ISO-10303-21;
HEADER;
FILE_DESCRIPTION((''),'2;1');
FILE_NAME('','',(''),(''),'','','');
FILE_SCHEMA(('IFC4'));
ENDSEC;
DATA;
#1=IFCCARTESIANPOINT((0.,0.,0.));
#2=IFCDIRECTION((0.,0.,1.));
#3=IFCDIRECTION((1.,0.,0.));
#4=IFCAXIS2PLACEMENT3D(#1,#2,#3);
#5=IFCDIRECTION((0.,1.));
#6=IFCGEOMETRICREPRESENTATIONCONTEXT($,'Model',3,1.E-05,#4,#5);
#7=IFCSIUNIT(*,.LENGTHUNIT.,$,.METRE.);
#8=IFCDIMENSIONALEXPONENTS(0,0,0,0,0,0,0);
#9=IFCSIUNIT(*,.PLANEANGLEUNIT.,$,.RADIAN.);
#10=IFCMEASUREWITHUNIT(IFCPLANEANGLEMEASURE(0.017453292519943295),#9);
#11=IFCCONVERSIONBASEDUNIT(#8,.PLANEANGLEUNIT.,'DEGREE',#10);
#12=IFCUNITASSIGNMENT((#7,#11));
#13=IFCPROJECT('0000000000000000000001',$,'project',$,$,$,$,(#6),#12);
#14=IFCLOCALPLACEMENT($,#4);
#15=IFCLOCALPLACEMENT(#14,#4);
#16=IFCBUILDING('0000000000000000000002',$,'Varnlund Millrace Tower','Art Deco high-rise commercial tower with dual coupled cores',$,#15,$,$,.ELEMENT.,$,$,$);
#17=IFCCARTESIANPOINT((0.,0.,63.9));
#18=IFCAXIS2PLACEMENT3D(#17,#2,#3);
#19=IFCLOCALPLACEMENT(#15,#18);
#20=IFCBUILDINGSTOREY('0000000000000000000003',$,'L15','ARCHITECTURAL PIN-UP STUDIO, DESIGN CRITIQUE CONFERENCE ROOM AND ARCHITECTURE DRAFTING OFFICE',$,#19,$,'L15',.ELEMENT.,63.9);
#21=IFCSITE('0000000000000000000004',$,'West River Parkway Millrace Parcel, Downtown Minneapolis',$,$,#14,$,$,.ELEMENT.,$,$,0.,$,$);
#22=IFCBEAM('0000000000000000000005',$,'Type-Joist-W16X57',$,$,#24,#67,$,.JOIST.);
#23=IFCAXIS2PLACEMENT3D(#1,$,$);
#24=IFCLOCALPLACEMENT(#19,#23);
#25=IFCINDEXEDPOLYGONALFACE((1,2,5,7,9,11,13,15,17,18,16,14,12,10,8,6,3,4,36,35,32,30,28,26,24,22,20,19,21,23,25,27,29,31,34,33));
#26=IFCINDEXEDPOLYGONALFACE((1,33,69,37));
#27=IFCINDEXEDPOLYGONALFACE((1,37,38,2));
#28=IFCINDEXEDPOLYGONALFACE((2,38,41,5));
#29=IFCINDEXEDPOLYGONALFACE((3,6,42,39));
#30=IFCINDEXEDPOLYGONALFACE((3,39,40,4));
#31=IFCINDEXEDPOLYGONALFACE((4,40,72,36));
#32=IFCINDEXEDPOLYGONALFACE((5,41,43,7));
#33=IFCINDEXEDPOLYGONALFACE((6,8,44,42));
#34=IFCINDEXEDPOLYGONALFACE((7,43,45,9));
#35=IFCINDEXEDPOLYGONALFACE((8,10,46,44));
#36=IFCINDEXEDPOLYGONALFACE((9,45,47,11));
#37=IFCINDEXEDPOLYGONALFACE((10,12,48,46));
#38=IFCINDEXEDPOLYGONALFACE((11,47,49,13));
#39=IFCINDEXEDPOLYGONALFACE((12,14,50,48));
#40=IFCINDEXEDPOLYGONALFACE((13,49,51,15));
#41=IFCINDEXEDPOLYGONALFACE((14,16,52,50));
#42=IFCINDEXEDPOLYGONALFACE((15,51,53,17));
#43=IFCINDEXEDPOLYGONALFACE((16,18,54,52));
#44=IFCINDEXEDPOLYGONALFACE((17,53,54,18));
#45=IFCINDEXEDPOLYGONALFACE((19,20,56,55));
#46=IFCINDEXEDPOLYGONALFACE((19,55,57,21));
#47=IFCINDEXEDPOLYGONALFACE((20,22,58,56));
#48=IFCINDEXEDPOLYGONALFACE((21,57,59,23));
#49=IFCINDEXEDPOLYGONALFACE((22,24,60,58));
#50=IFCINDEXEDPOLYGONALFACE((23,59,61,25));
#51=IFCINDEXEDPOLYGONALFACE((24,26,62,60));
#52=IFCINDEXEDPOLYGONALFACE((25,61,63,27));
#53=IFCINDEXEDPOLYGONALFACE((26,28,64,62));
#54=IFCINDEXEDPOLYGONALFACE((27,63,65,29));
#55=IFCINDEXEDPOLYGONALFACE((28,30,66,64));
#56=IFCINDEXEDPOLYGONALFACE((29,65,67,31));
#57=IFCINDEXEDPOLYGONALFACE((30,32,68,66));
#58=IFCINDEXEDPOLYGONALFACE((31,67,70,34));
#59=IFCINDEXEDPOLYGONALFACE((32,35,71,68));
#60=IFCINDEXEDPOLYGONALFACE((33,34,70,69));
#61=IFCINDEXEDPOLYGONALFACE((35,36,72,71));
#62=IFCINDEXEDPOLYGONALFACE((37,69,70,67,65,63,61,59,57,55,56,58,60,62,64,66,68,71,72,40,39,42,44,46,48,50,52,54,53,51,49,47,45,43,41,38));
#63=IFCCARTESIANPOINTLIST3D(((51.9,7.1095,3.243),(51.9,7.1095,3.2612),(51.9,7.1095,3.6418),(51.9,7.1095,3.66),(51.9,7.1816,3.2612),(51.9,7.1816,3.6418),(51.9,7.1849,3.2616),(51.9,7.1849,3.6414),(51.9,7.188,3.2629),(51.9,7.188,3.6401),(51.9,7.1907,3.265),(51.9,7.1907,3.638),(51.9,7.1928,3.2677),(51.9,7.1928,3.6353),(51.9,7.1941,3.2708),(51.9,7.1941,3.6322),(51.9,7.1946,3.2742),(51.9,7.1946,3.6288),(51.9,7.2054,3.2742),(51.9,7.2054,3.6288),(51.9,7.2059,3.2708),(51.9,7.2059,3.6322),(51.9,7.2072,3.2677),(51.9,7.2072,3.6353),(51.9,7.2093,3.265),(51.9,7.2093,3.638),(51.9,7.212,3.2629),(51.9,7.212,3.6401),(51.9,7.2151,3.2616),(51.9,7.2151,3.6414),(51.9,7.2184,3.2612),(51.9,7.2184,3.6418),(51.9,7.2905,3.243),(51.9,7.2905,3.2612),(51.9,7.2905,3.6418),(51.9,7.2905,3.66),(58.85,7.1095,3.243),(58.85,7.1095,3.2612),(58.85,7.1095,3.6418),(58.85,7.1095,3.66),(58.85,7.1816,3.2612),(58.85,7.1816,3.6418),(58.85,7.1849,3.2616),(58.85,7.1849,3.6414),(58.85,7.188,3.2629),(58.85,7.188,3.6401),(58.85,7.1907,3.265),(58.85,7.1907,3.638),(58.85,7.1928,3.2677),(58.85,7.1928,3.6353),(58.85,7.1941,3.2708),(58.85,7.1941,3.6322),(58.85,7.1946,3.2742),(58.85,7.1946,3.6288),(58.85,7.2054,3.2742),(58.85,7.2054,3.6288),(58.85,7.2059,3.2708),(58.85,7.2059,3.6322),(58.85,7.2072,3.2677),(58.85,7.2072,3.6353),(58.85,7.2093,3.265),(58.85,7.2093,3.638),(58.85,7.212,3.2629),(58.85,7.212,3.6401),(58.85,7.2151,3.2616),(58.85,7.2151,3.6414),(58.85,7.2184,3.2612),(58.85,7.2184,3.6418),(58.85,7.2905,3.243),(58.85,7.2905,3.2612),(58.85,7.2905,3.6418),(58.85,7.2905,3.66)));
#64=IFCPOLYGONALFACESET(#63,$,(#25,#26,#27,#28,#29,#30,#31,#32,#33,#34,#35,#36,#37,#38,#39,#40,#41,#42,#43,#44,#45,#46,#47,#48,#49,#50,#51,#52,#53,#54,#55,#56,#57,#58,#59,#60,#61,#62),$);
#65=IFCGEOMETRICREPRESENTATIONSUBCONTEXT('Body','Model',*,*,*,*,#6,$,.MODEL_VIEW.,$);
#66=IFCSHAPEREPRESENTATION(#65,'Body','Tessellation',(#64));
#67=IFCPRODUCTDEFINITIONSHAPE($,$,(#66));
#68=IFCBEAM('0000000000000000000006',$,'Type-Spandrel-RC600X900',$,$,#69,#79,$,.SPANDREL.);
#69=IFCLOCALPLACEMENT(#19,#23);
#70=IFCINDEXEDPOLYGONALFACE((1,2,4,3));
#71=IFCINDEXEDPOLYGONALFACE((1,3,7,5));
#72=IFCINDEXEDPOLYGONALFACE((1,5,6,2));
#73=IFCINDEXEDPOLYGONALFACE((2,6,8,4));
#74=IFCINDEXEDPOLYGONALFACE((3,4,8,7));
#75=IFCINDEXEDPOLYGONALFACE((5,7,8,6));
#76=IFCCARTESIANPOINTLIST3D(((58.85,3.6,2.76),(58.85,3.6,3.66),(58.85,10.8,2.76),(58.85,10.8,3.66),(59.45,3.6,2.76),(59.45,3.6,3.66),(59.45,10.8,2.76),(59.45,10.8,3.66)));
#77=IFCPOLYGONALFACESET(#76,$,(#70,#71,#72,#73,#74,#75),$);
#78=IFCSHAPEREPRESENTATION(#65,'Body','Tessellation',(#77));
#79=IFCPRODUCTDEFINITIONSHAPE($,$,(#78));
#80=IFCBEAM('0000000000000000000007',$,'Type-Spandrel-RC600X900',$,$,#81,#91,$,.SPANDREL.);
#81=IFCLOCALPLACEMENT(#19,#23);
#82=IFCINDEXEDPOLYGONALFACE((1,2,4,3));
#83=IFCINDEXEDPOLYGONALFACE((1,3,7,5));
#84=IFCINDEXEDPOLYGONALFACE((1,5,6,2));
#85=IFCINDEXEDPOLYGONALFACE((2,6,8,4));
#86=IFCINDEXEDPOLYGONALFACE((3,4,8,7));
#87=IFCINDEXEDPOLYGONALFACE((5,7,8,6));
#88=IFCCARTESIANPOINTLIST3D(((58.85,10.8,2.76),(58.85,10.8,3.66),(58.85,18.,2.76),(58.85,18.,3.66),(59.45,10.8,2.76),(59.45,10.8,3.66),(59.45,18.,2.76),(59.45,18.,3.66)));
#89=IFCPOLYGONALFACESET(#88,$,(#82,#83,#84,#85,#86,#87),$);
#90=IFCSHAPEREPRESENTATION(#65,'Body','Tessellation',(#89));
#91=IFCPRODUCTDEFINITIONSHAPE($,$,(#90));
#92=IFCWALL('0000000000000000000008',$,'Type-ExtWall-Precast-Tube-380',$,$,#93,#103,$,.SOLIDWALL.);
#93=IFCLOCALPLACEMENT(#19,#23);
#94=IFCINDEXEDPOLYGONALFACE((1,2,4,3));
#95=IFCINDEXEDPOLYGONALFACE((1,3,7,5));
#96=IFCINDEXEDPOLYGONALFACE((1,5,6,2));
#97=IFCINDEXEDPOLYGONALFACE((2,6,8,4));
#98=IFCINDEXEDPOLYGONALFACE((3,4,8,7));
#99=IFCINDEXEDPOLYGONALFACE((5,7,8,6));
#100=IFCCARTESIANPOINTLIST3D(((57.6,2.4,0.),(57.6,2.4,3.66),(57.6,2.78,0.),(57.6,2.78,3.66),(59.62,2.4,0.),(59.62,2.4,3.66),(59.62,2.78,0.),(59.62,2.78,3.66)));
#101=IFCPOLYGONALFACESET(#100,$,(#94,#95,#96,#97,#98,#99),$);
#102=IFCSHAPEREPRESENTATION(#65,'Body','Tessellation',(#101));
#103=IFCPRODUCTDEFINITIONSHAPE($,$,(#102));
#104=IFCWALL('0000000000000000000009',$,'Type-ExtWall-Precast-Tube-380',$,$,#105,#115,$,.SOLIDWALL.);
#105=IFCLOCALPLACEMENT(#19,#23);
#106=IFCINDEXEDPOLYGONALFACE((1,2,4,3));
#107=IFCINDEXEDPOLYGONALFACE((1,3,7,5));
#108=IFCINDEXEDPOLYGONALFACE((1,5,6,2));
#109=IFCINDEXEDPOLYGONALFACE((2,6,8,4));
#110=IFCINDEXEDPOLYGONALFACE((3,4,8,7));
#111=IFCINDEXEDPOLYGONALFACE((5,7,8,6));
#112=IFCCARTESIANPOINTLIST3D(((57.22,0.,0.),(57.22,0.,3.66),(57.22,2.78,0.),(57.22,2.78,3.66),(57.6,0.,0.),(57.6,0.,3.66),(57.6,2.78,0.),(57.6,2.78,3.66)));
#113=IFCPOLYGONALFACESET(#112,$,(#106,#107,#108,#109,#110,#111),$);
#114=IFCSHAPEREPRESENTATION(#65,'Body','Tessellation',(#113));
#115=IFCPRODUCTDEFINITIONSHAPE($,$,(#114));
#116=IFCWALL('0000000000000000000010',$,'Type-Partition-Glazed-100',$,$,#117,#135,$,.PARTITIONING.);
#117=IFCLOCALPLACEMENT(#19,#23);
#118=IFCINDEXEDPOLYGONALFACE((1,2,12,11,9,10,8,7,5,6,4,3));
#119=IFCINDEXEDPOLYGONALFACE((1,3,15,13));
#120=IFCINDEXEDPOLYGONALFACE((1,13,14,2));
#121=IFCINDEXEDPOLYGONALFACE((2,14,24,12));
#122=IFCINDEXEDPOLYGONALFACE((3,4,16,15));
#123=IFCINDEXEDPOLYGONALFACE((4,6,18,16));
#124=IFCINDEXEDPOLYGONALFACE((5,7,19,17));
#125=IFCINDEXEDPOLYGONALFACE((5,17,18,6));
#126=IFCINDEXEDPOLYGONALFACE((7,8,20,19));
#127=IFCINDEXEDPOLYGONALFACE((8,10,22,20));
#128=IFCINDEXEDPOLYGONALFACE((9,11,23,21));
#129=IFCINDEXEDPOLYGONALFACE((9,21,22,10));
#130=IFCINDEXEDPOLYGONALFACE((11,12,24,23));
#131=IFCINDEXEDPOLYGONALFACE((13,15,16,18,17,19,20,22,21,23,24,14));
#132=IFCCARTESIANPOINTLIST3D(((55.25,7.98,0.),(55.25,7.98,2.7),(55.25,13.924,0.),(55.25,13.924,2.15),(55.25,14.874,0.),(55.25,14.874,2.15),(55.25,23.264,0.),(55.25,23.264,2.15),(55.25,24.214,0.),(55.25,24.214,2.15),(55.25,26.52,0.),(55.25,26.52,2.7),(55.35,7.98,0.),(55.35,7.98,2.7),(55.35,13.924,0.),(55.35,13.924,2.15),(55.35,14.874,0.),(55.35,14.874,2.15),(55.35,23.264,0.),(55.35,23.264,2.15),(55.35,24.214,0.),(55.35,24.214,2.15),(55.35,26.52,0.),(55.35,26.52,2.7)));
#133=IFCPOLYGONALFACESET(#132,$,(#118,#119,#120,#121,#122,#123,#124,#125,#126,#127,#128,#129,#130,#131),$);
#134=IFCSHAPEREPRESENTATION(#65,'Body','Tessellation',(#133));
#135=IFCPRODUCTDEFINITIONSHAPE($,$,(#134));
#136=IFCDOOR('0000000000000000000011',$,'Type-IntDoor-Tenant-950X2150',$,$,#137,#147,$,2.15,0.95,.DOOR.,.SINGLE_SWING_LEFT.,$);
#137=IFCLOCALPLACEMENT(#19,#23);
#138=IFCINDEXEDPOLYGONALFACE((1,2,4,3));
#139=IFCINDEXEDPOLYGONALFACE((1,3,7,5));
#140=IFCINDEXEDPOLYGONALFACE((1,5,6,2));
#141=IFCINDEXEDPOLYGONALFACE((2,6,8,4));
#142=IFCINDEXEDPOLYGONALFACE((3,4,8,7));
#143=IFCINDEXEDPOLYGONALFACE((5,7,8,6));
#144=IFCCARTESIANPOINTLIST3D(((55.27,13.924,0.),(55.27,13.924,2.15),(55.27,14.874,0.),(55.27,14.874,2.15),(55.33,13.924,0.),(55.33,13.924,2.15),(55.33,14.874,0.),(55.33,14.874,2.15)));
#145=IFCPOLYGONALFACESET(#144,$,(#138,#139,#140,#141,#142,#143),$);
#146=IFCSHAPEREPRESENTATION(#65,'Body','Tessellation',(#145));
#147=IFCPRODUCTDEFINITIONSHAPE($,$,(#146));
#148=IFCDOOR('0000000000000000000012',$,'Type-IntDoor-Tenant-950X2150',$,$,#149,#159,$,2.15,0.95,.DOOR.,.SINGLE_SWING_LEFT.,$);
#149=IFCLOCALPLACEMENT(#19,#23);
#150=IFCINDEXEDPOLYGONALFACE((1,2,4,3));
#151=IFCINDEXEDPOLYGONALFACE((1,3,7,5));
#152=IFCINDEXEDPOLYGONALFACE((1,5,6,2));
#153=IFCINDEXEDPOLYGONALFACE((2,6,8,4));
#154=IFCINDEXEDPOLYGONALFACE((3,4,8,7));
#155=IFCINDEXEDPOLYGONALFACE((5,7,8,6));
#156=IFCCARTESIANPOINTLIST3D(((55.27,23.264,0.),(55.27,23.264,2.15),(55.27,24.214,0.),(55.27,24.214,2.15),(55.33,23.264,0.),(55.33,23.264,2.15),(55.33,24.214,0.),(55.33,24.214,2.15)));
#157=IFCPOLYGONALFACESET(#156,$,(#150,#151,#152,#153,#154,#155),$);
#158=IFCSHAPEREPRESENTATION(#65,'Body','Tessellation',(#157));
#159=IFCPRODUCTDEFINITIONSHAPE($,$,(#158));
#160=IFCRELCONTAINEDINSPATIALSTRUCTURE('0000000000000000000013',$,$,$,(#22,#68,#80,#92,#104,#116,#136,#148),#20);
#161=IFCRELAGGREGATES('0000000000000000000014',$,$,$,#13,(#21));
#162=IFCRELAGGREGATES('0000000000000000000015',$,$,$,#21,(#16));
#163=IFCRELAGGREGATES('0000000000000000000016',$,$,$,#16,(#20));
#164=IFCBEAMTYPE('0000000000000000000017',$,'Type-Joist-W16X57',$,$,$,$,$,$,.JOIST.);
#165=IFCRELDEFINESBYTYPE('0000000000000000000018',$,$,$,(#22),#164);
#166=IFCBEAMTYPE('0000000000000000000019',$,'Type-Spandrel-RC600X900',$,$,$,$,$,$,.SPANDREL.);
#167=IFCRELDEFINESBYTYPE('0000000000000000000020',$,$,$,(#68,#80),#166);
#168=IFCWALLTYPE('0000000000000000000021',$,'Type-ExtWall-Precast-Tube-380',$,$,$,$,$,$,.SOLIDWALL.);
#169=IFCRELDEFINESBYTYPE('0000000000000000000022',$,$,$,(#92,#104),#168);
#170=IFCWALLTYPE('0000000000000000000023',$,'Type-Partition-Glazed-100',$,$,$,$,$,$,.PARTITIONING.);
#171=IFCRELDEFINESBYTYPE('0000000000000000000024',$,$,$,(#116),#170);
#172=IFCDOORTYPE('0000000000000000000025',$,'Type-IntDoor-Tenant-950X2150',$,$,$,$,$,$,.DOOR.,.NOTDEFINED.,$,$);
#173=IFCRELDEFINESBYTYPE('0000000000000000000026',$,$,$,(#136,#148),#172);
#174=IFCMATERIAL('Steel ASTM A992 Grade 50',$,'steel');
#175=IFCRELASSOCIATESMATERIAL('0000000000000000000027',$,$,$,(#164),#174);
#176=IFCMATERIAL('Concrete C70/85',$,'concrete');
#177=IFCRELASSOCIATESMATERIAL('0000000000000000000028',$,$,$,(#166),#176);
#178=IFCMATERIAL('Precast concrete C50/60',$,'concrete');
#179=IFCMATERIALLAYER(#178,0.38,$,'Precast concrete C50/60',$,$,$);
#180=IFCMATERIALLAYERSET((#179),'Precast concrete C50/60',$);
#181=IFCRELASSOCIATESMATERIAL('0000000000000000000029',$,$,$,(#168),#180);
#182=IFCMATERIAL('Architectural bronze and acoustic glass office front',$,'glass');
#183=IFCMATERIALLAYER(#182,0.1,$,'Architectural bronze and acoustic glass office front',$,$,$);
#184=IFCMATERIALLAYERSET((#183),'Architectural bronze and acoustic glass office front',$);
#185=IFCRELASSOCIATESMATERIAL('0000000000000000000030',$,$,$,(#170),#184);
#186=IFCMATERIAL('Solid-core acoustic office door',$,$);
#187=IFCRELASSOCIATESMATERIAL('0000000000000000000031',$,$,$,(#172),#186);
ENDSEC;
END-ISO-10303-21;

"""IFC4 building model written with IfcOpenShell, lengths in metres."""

from ifc_helpers import new_model, entity, si_unit, converted_unit, direction, frame, origin_with_axes, origin_2d_with_axis, place, context, subcontext, project, spatial, polyline, rectangle, i_section, outline, extrude, material, layer, layer_set, material_profile, profile_set, type_object, element, fill, save


model = new_model("IFC4")

# Units and contexts
model_context = context("Model", 3, precision=1e-05, world=origin_with_axes(), true_north=direction((0.0, 1.0)))
body_context = subcontext(model_context, "Body", "Model", "MODEL_VIEW")
ifc_project = project(units=[si_unit("LENGTHUNIT", "METRE"), converted_unit("PLANEANGLEUNIT", "DEGREE", entity("IfcPlaneAngleMeasure", 0.017453292519943295), si_unit("PLANEANGLEUNIT", "RADIAN"), dimensions=[0, 0, 0, 0, 0, 0, 0])], contexts=[model_context])

# Site, building, storey
site_placement = place(None, origin_with_axes())
site = spatial("IfcSite", under=ifc_project, at=site_placement, Name="West River Parkway Millrace Parcel, Downtown Minneapolis", CompositionType="ELEMENT", RefElevation=0.0)
building_placement = place(site_placement, origin_with_axes())
building = spatial("IfcBuilding", under=site, at=building_placement, Name="Varnlund Millrace Tower", Description="Art Deco high-rise commercial tower with dual coupled cores", CompositionType="ELEMENT")
storey_placement = place(building_placement, frame((0.0, 0.0, 63.9), z_axis=(0.0, 0.0, 1.0), x_axis=(1.0, 0.0, 0.0)))
storey = spatial("IfcBuildingStorey", under=building, at=storey_placement, Name="L15", Description="ARCHITECTURAL PIN-UP STUDIO, DESIGN CRITIQUE CONFERENCE ROOM AND ARCHITECTURE DRAFTING OFFICE", LongName="L15", CompositionType="ELEMENT", Elevation=63.9)

# Beams
ifc_material_1 = material(Name="Steel ASTM A992 Grade 50", Category="steel")
ifc_material_profile_1 = material_profile(ifc_material_1, i_section(OverallWidth=0.181, OverallDepth=0.417, WebThickness=0.0109, FlangeThickness=0.0182, FilletRadius=0.013, at=origin_2d_with_axis()), Name="Steel ASTM A992 Grade 50")
ifc_profile_set_1 = profile_set([ifc_material_profile_1], Name="Steel ASTM A992 Grade 50")
beam_type_1 = type_object("IfcBeamType", Name="Type-Joist-W16X57", PredefinedType="JOIST", material=ifc_profile_set_1)
beam_placement = place(storey_placement, frame((51.9, 7.2, 3.4515), z_axis=(1.0, 0.0, 0.0), x_axis=(0.0, 1.0, 0.0)))
element("IfcBeam", 1, at=beam_placement, inside=storey, type_object=beam_type_1, Name="Type-Joist-W16X57", PredefinedType="JOIST", context=body_context, shape_type="SweptSolid", body=[
    extrude(i_section(OverallWidth=0.181, OverallDepth=0.417, WebThickness=0.0109, FlangeThickness=0.0182, FilletRadius=0.013, at=origin_2d_with_axis()), origin_with_axes(), (0.0, 0.0, 1.0), 6.95),
])
ifc_material_2 = material(Name="Concrete C70/85", Category="concrete")
ifc_material_profile_2 = material_profile(ifc_material_2, rectangle(XDim=0.6, YDim=0.9, at=origin_2d_with_axis()), Name="Concrete C70/85")
ifc_profile_set_2 = profile_set([ifc_material_profile_2], Name="Concrete C70/85")
beam_type_2 = type_object("IfcBeamType", Name="Type-Spandrel-RC600X900", PredefinedType="SPANDREL", material=ifc_profile_set_2)
for number, where, z_axis, x_axis, name in (
    (2, (59.15, 3.6, 3.21), (0.0, 1.0, 0.0), (-1.0, 0.0, 0.0), "Type-Spandrel-RC600X900"),
    (3, (59.15, 10.8, 3.21), (0.0, 1.0, 0.0), (-1.0, 0.0, 0.0), "Type-Spandrel-RC600X900"),
):
    element("IfcBeam", number, at=place(storey_placement, frame(where, z_axis=z_axis, x_axis=x_axis)), inside=storey, type_object=beam_type_2, Name=name, PredefinedType="SPANDREL", context=body_context, shape_type="SweptSolid", body=[
        extrude(rectangle(XDim=0.6, YDim=0.9, at=origin_2d_with_axis()), origin_with_axes(), (0.0, 0.0, 1.0), 7.2),
    ])

# Walls
ifc_material_3 = material(Name="Precast concrete C50/60", Category="concrete")
ifc_layer_1 = layer(ifc_material_3, 0.38, Name="Precast concrete C50/60")
ifc_layer_set_1 = layer_set([ifc_layer_1], Name="Precast concrete C50/60")
wall_type_1 = type_object("IfcWallType", Name="Type-ExtWall-Precast-Tube-380", PredefinedType="SOLIDWALL", material=ifc_layer_set_1)
wall_1_placement = place(storey_placement, frame((59.62, 2.59, 0.0), z_axis=(0.0, 0.0, 1.0), x_axis=(-1.0, 0.0, 0.0)))
element("IfcWall", 4, at=wall_1_placement, inside=storey, type_object=wall_type_1, Name="Type-ExtWall-Precast-Tube-380", PredefinedType="SOLIDWALL", context=body_context, shape_type="SweptSolid", body=[
    extrude(outline(polyline([(0.0, -0.19), (2.02, -0.19), (2.02, 0.19), (0.0, 0.19), (0.0, -0.19)])), origin_with_axes(), (0.0, 0.0, 1.0), 3.66),
])
wall_2_placement = place(storey_placement, frame((57.41, 2.78, 0.0), z_axis=(0.0, 0.0, 1.0), x_axis=(0.0, -1.0, 0.0)))
element("IfcWall", 5, at=wall_2_placement, inside=storey, type_object=wall_type_1, Name="Type-ExtWall-Precast-Tube-380", PredefinedType="SOLIDWALL", context=body_context, shape_type="SweptSolid", body=[
    extrude(outline(polyline([(0.0, -0.19), (2.78, -0.19), (2.78, 0.19), (0.0, 0.19), (0.0, -0.19)])), origin_with_axes(), (0.0, 0.0, 1.0), 3.66),
])

# Wall, openings, doors
ifc_material_4 = material(Name="Architectural bronze and acoustic glass office front", Category="glass")
ifc_layer_2 = layer(ifc_material_4, 0.1, Name="Architectural bronze and acoustic glass office front")
ifc_layer_set_2 = layer_set([ifc_layer_2], Name="Architectural bronze and acoustic glass office front")
wall_type_2 = type_object("IfcWallType", Name="Type-Partition-Glazed-100", PredefinedType="PARTITIONING", material=ifc_layer_set_2)
wall_3_placement = place(storey_placement, frame((55.3, 7.98, 0.0), z_axis=(0.0, 0.0, 1.0), x_axis=(0.0, 1.0, 0.0)))
wall_3 = element("IfcWall", 6, at=wall_3_placement, inside=storey, type_object=wall_type_2, Name="Type-Partition-Glazed-100", PredefinedType="PARTITIONING", context=body_context, shape_type="SweptSolid", body=[
    extrude(outline(polyline([(0.0, -0.05), (18.54, -0.05), (18.54, 0.05), (0.0, 0.05), (0.0, -0.05)])), origin_with_axes(), (0.0, 0.0, 1.0), 2.7),
])
opening_1_placement = place(wall_3_placement, frame((6.419, 0.0, 0.0), z_axis=(0.0, 0.0, 1.0), x_axis=(1.0, 0.0, 0.0)))
opening_1 = element("IfcOpeningElement", 7, at=opening_1_placement, cuts=wall_3, PredefinedType="OPENING", context=body_context, shape_type="SweptSolid", body=[
    extrude(rectangle(XDim=0.95, YDim=0.12, at=origin_2d_with_axis()), origin_with_axes(), (0.0, 0.0, 1.0), 2.15),
])
opening_2_placement = place(wall_3_placement, frame((15.759, 0.0, 0.0), z_axis=(0.0, 0.0, 1.0), x_axis=(1.0, 0.0, 0.0)))
opening_2 = element("IfcOpeningElement", 8, at=opening_2_placement, cuts=wall_3, PredefinedType="OPENING", context=body_context, shape_type="SweptSolid", body=[
    extrude(rectangle(XDim=0.95, YDim=0.12, at=origin_2d_with_axis()), origin_with_axes(), (0.0, 0.0, 1.0), 2.15),
])
ifc_material_5 = material(Name="Solid-core acoustic office door")
door_type_1 = type_object("IfcDoorType", Name="Type-IntDoor-Tenant-950X2150", OperationType="NOTDEFINED", PredefinedType="DOOR", material=ifc_material_5)
door_1_placement = place(wall_3_placement, frame((6.419, 0.0, 0.0), z_axis=(0.0, 0.0, 1.0), x_axis=(1.0, 0.0, 0.0)))
door_1 = element("IfcDoor", 9, at=door_1_placement, inside=storey, type_object=door_type_1, Name="Type-IntDoor-Tenant-950X2150", OperationType="SINGLE_SWING_LEFT", OverallHeight=2.15, OverallWidth=0.95, PredefinedType="DOOR", context=body_context, shape_type="SweptSolid", body=[
    extrude(rectangle(XDim=0.95, YDim=0.06, at=origin_2d_with_axis()), origin_with_axes(), (0.0, 0.0, 1.0), 2.15),
])
fill(opening_1, door_1)
door_2_placement = place(wall_3_placement, frame((15.759, 0.0, 0.0), z_axis=(0.0, 0.0, 1.0), x_axis=(1.0, 0.0, 0.0)))
door_2 = element("IfcDoor", 10, at=door_2_placement, inside=storey, type_object=door_type_1, Name="Type-IntDoor-Tenant-950X2150", OperationType="SINGLE_SWING_LEFT", OverallHeight=2.15, OverallWidth=0.95, PredefinedType="DOOR", context=body_context, shape_type="SweptSolid", body=[
    extrude(rectangle(XDim=0.95, YDim=0.06, at=origin_2d_with_axis()), origin_with_axes(), (0.0, 0.0, 1.0), 2.15),
])
fill(opening_2, door_2)

save(model, "model.ifc")
